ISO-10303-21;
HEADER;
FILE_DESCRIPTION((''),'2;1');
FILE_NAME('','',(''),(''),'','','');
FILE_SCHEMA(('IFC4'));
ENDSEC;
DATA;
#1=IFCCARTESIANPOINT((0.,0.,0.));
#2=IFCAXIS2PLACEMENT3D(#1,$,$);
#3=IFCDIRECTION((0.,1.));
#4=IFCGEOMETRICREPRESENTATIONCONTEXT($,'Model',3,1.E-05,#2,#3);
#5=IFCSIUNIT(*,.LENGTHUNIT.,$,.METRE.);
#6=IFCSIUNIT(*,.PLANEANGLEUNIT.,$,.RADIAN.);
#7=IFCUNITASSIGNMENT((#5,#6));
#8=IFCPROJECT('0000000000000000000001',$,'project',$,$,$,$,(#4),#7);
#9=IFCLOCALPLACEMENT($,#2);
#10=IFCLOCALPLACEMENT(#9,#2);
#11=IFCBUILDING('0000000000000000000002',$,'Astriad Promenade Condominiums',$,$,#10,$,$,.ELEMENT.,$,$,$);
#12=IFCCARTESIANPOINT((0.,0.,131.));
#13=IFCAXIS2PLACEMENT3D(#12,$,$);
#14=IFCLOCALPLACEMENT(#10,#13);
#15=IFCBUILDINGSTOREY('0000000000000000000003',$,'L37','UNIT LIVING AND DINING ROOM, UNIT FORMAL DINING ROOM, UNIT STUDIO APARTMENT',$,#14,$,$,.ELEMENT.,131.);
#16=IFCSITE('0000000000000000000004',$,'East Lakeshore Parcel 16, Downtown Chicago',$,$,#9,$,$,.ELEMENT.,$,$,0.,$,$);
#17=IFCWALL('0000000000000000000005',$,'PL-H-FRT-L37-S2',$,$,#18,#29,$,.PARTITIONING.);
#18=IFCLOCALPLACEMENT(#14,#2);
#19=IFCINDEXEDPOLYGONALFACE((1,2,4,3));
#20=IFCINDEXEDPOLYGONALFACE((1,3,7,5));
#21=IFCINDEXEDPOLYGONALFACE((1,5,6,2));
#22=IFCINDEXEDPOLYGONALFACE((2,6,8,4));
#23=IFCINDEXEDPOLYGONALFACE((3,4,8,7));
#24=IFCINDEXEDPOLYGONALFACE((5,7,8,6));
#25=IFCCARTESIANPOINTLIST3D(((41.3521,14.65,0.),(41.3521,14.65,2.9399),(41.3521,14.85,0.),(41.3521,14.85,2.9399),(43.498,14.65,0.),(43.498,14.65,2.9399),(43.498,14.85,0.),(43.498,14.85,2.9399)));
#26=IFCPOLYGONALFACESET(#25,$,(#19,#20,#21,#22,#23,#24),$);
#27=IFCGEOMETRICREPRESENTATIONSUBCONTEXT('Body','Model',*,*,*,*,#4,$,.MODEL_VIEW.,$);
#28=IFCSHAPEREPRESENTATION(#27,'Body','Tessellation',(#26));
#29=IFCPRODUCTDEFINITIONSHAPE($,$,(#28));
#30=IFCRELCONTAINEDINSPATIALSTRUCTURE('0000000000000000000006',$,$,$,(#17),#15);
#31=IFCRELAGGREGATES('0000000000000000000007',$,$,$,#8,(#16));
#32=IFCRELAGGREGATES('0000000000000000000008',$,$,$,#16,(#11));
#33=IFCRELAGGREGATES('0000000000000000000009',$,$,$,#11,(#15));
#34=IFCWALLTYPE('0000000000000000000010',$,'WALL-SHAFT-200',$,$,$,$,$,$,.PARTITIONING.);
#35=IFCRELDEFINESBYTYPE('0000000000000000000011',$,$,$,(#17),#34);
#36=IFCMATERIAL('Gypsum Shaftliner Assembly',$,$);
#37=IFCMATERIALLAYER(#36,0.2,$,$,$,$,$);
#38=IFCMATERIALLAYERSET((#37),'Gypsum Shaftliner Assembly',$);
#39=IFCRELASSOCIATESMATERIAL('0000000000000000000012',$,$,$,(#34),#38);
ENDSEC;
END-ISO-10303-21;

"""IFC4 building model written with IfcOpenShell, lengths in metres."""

from ifc_helpers import new_model, si_unit, direction, frame, frame_2d, origin, place, context, subcontext, project, spatial, rectangle, extrude, material, layer, layer_set, type_object, element, save


model = new_model("IFC4")

# Units and contexts
model_context = context("Model", 3, precision=1e-05, world=origin(), true_north=direction((0.0, 1.0)))
body_context = subcontext(model_context, "Body", "Model", "MODEL_VIEW")
ifc_project = project(units=[si_unit("LENGTHUNIT", "METRE"), si_unit("PLANEANGLEUNIT", "RADIAN")], contexts=[model_context])

# Site, building, storey
site_placement = place(None, origin())
site = spatial("IfcSite", under=ifc_project, at=site_placement, Name="East Lakeshore Parcel 16, Downtown Chicago", CompositionType="ELEMENT", RefElevation=0.0)
building_placement = place(site_placement, origin())
building = spatial("IfcBuilding", under=site, at=building_placement, Name="Astriad Promenade Condominiums", CompositionType="ELEMENT")
storey_placement = place(building_placement, frame((0.0, 0.0, 131.0)))
storey = spatial("IfcBuildingStorey", under=building, at=storey_placement, Name="L37", Description="UNIT LIVING AND DINING ROOM, UNIT FORMAL DINING ROOM, UNIT STUDIO APARTMENT", CompositionType="ELEMENT", Elevation=131.0)

# Shared definitions
ifc_material_1 = material(Name="Gypsum Shaftliner Assembly")
ifc_layer_1 = layer(ifc_material_1, 0.2)
ifc_layer_set_1 = layer_set([ifc_layer_1], Name="Gypsum Shaftliner Assembly")
wall_type_1 = type_object("IfcWallType", Name="WALL-SHAFT-200", PredefinedType="PARTITIONING", material=ifc_layer_set_1)

# Wall
for number, where, z_axis, x_axis, name in (
    (1, (41.3521, 14.75, 0.0), (0.0, 0.0, 1.0), (1.0, 0.0, 0.0), "PL-H-FRT-L37-S2"),
):
    element("IfcWall", number, at=place(storey_placement, frame(where, z_axis=z_axis, x_axis=x_axis)), inside=storey, type_object=wall_type_1, Name=name, PredefinedType="PARTITIONING", context=body_context, shape_type="SweptSolid", body=[
        extrude(rectangle(XDim=2.146, YDim=0.2, at=frame_2d((1.073, 0.0))), origin(), (0.0, 0.0, 1.0), 2.9399),
    ])

save(model, "model.ifc")
